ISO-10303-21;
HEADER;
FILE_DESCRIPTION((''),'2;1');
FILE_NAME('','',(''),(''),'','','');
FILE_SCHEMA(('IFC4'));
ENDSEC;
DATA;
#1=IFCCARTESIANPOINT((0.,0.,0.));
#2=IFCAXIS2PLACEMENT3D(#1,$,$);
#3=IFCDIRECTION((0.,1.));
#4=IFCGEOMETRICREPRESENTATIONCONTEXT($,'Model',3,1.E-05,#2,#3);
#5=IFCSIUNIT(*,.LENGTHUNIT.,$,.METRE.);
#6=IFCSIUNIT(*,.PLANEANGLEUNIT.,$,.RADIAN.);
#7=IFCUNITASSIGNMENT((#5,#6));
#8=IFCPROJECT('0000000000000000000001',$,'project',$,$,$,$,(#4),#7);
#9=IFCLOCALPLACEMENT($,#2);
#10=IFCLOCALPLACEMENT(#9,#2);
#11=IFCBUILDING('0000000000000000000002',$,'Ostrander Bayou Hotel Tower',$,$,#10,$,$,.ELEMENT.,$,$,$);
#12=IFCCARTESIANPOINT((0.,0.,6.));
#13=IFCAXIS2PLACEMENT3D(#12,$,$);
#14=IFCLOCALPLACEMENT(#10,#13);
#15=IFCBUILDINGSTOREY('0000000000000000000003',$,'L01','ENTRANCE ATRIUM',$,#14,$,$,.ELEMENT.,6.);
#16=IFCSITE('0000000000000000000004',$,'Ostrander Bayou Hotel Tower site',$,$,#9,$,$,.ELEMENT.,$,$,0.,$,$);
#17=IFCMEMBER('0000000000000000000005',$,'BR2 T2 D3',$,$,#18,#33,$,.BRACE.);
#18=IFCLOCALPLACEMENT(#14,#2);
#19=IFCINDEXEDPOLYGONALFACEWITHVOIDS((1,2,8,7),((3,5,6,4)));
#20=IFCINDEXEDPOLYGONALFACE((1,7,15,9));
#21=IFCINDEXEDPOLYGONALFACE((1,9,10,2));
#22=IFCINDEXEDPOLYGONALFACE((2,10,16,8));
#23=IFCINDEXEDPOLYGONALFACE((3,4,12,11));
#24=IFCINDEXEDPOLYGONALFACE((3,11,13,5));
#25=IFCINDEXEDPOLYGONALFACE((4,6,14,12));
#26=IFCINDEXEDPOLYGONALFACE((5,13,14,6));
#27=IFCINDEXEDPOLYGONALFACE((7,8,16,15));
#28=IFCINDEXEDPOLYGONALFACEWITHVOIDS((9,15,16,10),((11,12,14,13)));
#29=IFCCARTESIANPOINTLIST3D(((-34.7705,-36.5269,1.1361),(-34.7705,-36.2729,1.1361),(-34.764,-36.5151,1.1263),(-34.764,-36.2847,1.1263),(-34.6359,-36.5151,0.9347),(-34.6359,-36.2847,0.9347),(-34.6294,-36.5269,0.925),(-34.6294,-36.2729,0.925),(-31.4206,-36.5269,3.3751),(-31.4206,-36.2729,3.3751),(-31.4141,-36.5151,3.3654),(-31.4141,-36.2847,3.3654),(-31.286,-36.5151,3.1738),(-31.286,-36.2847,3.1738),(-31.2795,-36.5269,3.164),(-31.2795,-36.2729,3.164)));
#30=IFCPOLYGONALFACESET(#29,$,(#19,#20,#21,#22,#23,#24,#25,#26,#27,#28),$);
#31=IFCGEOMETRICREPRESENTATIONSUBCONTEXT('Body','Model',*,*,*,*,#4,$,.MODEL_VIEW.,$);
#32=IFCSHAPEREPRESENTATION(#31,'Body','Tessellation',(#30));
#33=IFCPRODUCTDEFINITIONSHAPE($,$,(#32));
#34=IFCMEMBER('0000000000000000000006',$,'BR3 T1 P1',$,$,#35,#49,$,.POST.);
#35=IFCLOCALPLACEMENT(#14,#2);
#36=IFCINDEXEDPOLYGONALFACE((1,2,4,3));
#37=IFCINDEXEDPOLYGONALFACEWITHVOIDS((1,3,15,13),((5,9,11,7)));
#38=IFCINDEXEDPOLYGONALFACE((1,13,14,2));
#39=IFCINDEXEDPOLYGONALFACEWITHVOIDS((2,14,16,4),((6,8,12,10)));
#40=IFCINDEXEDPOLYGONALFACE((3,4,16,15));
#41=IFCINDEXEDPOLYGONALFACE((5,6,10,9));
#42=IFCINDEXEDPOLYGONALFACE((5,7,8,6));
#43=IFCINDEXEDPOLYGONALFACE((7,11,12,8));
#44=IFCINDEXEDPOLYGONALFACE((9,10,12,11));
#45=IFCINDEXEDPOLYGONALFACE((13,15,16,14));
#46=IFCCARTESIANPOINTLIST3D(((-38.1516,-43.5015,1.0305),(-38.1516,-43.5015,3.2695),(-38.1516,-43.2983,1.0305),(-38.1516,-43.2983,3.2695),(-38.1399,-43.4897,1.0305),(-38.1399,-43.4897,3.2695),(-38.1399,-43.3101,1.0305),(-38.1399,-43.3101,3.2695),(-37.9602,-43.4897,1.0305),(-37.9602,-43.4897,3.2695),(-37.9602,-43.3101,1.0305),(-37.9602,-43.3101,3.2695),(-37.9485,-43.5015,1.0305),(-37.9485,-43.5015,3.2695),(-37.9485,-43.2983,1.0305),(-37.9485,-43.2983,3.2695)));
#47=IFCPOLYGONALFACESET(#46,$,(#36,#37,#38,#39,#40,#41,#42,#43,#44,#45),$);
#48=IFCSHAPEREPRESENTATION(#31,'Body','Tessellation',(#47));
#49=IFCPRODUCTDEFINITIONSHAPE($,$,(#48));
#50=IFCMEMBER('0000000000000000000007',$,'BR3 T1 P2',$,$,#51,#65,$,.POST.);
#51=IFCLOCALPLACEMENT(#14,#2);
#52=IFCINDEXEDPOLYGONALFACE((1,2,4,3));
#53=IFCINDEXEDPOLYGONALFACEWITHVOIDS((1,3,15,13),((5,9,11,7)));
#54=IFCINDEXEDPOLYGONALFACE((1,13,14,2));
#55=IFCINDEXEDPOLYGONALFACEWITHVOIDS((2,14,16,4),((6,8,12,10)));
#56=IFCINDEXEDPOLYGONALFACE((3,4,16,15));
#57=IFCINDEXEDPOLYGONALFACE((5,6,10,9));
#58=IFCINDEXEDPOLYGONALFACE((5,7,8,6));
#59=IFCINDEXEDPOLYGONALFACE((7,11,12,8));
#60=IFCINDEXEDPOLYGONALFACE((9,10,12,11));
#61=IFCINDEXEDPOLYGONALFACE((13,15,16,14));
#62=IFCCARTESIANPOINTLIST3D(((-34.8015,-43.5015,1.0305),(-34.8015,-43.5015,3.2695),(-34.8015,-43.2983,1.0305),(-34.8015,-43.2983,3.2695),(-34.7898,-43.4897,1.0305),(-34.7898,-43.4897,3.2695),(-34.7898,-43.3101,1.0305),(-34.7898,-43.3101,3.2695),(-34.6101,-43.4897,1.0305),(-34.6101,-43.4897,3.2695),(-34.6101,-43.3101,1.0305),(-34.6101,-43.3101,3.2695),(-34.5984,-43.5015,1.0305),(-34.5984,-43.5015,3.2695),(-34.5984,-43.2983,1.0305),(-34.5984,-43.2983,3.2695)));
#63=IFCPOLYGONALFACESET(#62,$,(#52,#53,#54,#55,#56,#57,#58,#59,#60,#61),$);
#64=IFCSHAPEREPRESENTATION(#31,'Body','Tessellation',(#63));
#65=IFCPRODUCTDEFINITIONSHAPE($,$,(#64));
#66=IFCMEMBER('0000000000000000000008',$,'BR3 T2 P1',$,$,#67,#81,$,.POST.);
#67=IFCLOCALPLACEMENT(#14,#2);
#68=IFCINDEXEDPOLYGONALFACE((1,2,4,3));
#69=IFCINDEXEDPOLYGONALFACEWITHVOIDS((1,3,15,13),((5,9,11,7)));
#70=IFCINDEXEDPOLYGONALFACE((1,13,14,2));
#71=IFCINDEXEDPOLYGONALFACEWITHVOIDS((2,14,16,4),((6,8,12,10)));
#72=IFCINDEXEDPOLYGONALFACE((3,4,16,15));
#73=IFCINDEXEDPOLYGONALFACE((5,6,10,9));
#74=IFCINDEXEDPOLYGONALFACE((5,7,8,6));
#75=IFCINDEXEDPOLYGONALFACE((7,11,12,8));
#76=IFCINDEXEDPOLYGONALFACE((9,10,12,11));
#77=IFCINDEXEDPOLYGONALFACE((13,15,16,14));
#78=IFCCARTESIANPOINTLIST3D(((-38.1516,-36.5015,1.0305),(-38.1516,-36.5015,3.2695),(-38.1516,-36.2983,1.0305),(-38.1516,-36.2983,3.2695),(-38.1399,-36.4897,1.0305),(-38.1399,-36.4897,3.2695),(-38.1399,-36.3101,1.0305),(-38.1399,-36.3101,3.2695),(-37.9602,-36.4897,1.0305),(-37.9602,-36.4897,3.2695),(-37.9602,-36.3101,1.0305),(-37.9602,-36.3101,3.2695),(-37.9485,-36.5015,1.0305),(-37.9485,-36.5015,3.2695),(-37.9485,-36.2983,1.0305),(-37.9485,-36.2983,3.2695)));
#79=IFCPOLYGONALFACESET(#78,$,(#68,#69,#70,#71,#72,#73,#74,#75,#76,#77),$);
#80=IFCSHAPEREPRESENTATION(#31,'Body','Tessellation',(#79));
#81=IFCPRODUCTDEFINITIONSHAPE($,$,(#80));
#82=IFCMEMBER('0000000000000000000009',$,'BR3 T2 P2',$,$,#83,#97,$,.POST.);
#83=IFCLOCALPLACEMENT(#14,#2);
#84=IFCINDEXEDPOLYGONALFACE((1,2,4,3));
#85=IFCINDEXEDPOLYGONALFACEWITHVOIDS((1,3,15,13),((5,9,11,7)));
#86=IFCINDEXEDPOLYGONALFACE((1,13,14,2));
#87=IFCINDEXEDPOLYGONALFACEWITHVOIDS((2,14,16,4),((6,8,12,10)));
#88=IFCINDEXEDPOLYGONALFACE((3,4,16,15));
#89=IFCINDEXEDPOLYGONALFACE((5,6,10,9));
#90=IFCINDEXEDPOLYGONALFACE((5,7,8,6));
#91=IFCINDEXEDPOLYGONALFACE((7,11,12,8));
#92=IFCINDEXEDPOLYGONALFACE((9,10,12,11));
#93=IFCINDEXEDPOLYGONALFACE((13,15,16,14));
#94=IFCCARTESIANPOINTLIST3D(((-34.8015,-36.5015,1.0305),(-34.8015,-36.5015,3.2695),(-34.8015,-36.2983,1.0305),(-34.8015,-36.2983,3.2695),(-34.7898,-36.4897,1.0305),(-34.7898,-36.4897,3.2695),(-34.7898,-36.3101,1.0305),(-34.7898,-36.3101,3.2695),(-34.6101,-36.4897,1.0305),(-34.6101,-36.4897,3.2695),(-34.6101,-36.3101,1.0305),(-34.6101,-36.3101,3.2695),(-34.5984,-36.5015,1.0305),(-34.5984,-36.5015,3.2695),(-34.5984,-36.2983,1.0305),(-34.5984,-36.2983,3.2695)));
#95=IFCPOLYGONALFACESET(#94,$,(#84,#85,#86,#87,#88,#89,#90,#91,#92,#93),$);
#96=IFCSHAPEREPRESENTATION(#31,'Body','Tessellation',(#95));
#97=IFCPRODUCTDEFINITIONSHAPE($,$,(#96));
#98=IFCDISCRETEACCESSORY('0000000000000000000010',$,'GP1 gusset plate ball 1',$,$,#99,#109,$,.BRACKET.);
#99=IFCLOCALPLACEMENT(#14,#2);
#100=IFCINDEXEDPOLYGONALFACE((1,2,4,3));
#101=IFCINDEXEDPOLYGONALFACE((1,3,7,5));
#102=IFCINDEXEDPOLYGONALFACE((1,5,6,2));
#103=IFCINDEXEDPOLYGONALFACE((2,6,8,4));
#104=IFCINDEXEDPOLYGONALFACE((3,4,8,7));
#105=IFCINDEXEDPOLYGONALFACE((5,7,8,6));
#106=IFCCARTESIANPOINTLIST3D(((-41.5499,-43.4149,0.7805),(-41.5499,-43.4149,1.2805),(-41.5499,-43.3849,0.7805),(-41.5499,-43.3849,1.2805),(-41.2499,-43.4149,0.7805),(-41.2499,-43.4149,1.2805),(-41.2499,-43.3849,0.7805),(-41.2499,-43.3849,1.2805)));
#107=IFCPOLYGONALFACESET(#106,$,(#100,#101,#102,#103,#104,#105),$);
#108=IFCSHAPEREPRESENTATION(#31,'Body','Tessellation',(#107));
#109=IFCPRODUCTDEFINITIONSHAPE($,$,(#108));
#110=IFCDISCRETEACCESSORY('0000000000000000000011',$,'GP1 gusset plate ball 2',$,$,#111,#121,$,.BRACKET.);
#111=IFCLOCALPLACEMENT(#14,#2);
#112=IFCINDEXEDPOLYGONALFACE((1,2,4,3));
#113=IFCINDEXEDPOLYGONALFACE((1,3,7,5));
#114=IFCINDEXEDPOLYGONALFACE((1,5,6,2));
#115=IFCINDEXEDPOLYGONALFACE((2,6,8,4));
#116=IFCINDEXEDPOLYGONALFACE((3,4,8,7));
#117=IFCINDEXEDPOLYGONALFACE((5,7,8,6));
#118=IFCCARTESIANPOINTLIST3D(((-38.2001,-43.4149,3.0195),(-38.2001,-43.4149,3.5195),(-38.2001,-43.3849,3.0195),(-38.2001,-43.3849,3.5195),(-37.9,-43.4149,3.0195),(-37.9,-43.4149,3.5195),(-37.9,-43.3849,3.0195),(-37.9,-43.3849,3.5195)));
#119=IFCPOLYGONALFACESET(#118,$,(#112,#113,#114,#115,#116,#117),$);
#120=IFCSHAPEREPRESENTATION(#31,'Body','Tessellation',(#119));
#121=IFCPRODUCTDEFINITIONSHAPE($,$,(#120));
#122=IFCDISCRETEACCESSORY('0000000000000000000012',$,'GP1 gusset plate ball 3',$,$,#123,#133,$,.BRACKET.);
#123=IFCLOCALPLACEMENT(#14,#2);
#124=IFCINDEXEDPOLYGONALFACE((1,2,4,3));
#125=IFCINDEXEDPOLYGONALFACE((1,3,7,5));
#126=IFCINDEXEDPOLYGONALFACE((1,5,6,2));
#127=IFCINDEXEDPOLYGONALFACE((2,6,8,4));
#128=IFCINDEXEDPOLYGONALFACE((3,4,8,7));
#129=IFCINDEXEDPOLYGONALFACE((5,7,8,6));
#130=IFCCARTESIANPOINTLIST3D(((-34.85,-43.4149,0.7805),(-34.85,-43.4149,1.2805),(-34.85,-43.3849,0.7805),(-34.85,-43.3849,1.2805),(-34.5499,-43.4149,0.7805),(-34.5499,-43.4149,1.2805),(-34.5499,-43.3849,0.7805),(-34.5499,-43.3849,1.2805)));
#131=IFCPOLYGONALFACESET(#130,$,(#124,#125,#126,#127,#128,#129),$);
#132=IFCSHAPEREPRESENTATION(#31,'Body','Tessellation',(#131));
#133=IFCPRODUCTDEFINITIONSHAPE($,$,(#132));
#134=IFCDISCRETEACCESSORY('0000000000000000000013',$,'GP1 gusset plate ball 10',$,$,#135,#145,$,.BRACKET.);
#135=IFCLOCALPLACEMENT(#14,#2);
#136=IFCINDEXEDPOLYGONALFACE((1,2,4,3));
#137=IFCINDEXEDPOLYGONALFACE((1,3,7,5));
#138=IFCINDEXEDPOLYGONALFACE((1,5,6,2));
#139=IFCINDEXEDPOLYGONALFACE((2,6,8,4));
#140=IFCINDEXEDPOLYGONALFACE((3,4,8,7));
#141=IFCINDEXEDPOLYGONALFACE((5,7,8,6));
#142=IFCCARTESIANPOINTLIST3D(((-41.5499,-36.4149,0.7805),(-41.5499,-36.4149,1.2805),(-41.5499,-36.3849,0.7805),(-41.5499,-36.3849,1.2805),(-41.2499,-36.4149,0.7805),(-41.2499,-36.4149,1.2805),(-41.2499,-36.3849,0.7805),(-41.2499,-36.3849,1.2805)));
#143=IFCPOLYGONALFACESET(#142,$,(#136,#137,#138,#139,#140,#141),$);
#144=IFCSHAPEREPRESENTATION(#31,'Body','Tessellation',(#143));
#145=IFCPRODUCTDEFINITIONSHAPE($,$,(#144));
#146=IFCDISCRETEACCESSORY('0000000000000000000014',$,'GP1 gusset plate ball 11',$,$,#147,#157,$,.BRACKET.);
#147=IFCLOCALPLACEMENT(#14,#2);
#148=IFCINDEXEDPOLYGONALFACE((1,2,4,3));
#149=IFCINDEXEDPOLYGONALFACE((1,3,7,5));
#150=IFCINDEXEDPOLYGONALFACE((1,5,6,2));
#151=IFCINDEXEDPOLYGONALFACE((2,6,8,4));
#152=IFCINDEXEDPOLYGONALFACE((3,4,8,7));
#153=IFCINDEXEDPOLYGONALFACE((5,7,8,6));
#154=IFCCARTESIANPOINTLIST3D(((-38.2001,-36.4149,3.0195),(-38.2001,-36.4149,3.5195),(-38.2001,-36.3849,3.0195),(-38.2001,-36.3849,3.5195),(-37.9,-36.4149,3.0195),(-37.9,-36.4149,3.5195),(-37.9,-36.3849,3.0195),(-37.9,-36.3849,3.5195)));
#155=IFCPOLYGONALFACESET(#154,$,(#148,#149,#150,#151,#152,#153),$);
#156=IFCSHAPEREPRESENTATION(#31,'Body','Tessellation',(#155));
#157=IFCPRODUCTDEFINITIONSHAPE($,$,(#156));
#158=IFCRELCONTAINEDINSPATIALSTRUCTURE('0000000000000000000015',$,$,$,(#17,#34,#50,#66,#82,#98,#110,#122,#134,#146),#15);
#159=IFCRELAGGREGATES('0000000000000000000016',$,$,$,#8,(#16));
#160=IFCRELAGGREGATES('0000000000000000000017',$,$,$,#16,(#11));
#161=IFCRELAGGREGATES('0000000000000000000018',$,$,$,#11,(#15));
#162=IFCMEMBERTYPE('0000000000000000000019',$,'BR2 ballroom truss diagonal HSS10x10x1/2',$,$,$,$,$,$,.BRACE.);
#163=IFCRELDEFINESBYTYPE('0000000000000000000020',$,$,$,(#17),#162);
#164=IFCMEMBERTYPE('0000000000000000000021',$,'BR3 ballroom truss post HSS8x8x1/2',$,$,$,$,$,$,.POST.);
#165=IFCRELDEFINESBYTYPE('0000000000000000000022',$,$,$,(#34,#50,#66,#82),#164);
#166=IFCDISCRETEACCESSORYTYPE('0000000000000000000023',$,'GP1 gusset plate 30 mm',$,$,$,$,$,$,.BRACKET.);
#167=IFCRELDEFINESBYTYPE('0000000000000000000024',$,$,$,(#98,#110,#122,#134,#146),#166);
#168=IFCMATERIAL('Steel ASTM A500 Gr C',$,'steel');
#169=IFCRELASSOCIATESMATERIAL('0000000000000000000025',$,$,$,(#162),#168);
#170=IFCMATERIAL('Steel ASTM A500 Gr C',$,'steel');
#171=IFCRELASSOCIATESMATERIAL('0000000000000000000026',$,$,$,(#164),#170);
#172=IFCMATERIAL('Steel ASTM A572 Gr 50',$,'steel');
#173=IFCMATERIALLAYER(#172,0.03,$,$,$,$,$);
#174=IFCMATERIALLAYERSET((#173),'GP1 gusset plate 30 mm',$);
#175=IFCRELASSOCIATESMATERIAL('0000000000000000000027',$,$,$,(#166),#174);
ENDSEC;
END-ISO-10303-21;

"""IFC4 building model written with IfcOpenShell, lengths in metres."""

from ifc_helpers import new_model, si_unit, direction, frame, origin, origin_2d, place, context, subcontext, project, spatial, rectangle, hollow_rectangle, extrude, material, layer, layer_set, material_profile, profile_set, type_object, element, save


model = new_model("IFC4")

# Units and contexts
model_context = context("Model", 3, precision=1e-05, world=origin(), true_north=direction((0.0, 1.0)))
body_context = subcontext(model_context, "Body", "Model", "MODEL_VIEW")
ifc_project = project(units=[si_unit("LENGTHUNIT", "METRE"), si_unit("PLANEANGLEUNIT", "RADIAN")], contexts=[model_context])

# Site, building, storey
site_placement = place(None, origin())
site = spatial("IfcSite", under=ifc_project, at=site_placement, Name="Ostrander Bayou Hotel Tower site", CompositionType="ELEMENT", RefElevation=0.0)
building_placement = place(site_placement, origin())
building = spatial("IfcBuilding", under=site, at=building_placement, Name="Ostrander Bayou Hotel Tower", CompositionType="ELEMENT")
storey_placement = place(building_placement, frame((0.0, 0.0, 6.0)))
storey = spatial("IfcBuildingStorey", under=building, at=storey_placement, Name="L01", Description="ENTRANCE ATRIUM", CompositionType="ELEMENT", Elevation=6.0)

# Members
ifc_material_1 = material(Name="Steel ASTM A500 Gr C", Category="steel")
ifc_material_profile_1 = material_profile(ifc_material_1, hollow_rectangle(XDim=0.2539, YDim=0.2539, WallThickness=0.0117, at=origin_2d()))
ifc_profile_set_1 = profile_set([ifc_material_profile_1], Name="Steel ASTM A500 Gr C")
member_type_1 = type_object("IfcMemberType", Name="BR2 ballroom truss diagonal HSS10x10x1/2", PredefinedType="BRACE", material=ifc_profile_set_1)
member_1_placement = place(storey_placement, frame((-34.7, -36.3999, 1.0305), z_axis=(0.831388, 0.0, 0.555693), x_axis=(0.0, 1.0, 0.0)))
element("IfcMember", 1, at=member_1_placement, inside=storey, type_object=member_type_1, Name="BR2 T2 D3", PredefinedType="BRACE", context=body_context, shape_type="SweptSolid", body=[
    extrude(hollow_rectangle(XDim=0.2539, YDim=0.2539, WallThickness=0.0117, at=origin_2d()), origin(), (0.0, 0.0, 1.0), 4.0293),
])
ifc_material_2 = material(Name="Steel ASTM A500 Gr C", Category="steel")
ifc_material_profile_2 = material_profile(ifc_material_2, hollow_rectangle(XDim=0.2031, YDim=0.2031, WallThickness=0.0117, at=origin_2d()))
ifc_profile_set_2 = profile_set([ifc_material_profile_2], Name="Steel ASTM A500 Gr C")
member_type_2 = type_object("IfcMemberType", Name="BR3 ballroom truss post HSS8x8x1/2", PredefinedType="POST", material=ifc_profile_set_2)
for number, where, z_axis, x_axis, name in (
    (2, (-38.05, -43.3999, 1.0305), (0.0, 0.0, 1.0), (1.0, 0.0, 0.0), "BR3 T1 P1"),
    (3, (-34.7, -43.3999, 1.0305), (0.0, 0.0, 1.0), (1.0, 0.0, 0.0), "BR3 T1 P2"),
    (4, (-38.05, -36.3999, 1.0305), (0.0, 0.0, 1.0), (1.0, 0.0, 0.0), "BR3 T2 P1"),
    (5, (-34.7, -36.3999, 1.0305), (0.0, 0.0, 1.0), (1.0, 0.0, 0.0), "BR3 T2 P2"),
):
    element("IfcMember", number, at=place(storey_placement, frame(where, z_axis=z_axis, x_axis=x_axis)), inside=storey, type_object=member_type_2, Name=name, PredefinedType="POST", context=body_context, shape_type="SweptSolid", body=[
        extrude(hollow_rectangle(XDim=0.2031, YDim=0.2031, WallThickness=0.0117, at=origin_2d()), origin(), (0.0, 0.0, 1.0), 2.239),
    ])

# Discrete accessories
ifc_material_3 = material(Name="Steel ASTM A572 Gr 50", Category="steel")
ifc_layer = layer(ifc_material_3, 0.03)
ifc_layer_set = layer_set([ifc_layer], Name="GP1 gusset plate 30 mm")
discrete_accessory_type = type_object("IfcDiscreteAccessoryType", Name="GP1 gusset plate 30 mm", PredefinedType="BRACKET", material=ifc_layer_set)
for number, where, z_axis, x_axis, name in (
    (6, (-41.3999, -43.3999, 0.7805), (0.0, 0.0, 1.0), (1.0, 0.0, 0.0), "GP1 gusset plate ball 1"),
    (7, (-38.05, -43.3999, 3.0195), (0.0, 0.0, 1.0), (1.0, 0.0, 0.0), "GP1 gusset plate ball 2"),
    (8, (-34.7, -43.3999, 0.7805), (0.0, 0.0, 1.0), (-1.0, 0.0, 0.0), "GP1 gusset plate ball 3"),
    (9, (-41.3999, -36.3999, 0.7805), (0.0, 0.0, 1.0), (1.0, 0.0, 0.0), "GP1 gusset plate ball 10"),
    (10, (-38.05, -36.3999, 3.0195), (0.0, 0.0, 1.0), (1.0, 0.0, 0.0), "GP1 gusset plate ball 11"),
):
    element("IfcDiscreteAccessory", number, at=place(storey_placement, frame(where, z_axis=z_axis, x_axis=x_axis)), inside=storey, type_object=discrete_accessory_type, Name=name, PredefinedType="BRACKET", context=body_context, shape_type="SweptSolid", body=[
        extrude(rectangle(XDim=0.3, YDim=0.03, at=origin_2d()), origin(), (0.0, 0.0, 1.0), 0.5),
    ])

save(model, "model.ifc")
